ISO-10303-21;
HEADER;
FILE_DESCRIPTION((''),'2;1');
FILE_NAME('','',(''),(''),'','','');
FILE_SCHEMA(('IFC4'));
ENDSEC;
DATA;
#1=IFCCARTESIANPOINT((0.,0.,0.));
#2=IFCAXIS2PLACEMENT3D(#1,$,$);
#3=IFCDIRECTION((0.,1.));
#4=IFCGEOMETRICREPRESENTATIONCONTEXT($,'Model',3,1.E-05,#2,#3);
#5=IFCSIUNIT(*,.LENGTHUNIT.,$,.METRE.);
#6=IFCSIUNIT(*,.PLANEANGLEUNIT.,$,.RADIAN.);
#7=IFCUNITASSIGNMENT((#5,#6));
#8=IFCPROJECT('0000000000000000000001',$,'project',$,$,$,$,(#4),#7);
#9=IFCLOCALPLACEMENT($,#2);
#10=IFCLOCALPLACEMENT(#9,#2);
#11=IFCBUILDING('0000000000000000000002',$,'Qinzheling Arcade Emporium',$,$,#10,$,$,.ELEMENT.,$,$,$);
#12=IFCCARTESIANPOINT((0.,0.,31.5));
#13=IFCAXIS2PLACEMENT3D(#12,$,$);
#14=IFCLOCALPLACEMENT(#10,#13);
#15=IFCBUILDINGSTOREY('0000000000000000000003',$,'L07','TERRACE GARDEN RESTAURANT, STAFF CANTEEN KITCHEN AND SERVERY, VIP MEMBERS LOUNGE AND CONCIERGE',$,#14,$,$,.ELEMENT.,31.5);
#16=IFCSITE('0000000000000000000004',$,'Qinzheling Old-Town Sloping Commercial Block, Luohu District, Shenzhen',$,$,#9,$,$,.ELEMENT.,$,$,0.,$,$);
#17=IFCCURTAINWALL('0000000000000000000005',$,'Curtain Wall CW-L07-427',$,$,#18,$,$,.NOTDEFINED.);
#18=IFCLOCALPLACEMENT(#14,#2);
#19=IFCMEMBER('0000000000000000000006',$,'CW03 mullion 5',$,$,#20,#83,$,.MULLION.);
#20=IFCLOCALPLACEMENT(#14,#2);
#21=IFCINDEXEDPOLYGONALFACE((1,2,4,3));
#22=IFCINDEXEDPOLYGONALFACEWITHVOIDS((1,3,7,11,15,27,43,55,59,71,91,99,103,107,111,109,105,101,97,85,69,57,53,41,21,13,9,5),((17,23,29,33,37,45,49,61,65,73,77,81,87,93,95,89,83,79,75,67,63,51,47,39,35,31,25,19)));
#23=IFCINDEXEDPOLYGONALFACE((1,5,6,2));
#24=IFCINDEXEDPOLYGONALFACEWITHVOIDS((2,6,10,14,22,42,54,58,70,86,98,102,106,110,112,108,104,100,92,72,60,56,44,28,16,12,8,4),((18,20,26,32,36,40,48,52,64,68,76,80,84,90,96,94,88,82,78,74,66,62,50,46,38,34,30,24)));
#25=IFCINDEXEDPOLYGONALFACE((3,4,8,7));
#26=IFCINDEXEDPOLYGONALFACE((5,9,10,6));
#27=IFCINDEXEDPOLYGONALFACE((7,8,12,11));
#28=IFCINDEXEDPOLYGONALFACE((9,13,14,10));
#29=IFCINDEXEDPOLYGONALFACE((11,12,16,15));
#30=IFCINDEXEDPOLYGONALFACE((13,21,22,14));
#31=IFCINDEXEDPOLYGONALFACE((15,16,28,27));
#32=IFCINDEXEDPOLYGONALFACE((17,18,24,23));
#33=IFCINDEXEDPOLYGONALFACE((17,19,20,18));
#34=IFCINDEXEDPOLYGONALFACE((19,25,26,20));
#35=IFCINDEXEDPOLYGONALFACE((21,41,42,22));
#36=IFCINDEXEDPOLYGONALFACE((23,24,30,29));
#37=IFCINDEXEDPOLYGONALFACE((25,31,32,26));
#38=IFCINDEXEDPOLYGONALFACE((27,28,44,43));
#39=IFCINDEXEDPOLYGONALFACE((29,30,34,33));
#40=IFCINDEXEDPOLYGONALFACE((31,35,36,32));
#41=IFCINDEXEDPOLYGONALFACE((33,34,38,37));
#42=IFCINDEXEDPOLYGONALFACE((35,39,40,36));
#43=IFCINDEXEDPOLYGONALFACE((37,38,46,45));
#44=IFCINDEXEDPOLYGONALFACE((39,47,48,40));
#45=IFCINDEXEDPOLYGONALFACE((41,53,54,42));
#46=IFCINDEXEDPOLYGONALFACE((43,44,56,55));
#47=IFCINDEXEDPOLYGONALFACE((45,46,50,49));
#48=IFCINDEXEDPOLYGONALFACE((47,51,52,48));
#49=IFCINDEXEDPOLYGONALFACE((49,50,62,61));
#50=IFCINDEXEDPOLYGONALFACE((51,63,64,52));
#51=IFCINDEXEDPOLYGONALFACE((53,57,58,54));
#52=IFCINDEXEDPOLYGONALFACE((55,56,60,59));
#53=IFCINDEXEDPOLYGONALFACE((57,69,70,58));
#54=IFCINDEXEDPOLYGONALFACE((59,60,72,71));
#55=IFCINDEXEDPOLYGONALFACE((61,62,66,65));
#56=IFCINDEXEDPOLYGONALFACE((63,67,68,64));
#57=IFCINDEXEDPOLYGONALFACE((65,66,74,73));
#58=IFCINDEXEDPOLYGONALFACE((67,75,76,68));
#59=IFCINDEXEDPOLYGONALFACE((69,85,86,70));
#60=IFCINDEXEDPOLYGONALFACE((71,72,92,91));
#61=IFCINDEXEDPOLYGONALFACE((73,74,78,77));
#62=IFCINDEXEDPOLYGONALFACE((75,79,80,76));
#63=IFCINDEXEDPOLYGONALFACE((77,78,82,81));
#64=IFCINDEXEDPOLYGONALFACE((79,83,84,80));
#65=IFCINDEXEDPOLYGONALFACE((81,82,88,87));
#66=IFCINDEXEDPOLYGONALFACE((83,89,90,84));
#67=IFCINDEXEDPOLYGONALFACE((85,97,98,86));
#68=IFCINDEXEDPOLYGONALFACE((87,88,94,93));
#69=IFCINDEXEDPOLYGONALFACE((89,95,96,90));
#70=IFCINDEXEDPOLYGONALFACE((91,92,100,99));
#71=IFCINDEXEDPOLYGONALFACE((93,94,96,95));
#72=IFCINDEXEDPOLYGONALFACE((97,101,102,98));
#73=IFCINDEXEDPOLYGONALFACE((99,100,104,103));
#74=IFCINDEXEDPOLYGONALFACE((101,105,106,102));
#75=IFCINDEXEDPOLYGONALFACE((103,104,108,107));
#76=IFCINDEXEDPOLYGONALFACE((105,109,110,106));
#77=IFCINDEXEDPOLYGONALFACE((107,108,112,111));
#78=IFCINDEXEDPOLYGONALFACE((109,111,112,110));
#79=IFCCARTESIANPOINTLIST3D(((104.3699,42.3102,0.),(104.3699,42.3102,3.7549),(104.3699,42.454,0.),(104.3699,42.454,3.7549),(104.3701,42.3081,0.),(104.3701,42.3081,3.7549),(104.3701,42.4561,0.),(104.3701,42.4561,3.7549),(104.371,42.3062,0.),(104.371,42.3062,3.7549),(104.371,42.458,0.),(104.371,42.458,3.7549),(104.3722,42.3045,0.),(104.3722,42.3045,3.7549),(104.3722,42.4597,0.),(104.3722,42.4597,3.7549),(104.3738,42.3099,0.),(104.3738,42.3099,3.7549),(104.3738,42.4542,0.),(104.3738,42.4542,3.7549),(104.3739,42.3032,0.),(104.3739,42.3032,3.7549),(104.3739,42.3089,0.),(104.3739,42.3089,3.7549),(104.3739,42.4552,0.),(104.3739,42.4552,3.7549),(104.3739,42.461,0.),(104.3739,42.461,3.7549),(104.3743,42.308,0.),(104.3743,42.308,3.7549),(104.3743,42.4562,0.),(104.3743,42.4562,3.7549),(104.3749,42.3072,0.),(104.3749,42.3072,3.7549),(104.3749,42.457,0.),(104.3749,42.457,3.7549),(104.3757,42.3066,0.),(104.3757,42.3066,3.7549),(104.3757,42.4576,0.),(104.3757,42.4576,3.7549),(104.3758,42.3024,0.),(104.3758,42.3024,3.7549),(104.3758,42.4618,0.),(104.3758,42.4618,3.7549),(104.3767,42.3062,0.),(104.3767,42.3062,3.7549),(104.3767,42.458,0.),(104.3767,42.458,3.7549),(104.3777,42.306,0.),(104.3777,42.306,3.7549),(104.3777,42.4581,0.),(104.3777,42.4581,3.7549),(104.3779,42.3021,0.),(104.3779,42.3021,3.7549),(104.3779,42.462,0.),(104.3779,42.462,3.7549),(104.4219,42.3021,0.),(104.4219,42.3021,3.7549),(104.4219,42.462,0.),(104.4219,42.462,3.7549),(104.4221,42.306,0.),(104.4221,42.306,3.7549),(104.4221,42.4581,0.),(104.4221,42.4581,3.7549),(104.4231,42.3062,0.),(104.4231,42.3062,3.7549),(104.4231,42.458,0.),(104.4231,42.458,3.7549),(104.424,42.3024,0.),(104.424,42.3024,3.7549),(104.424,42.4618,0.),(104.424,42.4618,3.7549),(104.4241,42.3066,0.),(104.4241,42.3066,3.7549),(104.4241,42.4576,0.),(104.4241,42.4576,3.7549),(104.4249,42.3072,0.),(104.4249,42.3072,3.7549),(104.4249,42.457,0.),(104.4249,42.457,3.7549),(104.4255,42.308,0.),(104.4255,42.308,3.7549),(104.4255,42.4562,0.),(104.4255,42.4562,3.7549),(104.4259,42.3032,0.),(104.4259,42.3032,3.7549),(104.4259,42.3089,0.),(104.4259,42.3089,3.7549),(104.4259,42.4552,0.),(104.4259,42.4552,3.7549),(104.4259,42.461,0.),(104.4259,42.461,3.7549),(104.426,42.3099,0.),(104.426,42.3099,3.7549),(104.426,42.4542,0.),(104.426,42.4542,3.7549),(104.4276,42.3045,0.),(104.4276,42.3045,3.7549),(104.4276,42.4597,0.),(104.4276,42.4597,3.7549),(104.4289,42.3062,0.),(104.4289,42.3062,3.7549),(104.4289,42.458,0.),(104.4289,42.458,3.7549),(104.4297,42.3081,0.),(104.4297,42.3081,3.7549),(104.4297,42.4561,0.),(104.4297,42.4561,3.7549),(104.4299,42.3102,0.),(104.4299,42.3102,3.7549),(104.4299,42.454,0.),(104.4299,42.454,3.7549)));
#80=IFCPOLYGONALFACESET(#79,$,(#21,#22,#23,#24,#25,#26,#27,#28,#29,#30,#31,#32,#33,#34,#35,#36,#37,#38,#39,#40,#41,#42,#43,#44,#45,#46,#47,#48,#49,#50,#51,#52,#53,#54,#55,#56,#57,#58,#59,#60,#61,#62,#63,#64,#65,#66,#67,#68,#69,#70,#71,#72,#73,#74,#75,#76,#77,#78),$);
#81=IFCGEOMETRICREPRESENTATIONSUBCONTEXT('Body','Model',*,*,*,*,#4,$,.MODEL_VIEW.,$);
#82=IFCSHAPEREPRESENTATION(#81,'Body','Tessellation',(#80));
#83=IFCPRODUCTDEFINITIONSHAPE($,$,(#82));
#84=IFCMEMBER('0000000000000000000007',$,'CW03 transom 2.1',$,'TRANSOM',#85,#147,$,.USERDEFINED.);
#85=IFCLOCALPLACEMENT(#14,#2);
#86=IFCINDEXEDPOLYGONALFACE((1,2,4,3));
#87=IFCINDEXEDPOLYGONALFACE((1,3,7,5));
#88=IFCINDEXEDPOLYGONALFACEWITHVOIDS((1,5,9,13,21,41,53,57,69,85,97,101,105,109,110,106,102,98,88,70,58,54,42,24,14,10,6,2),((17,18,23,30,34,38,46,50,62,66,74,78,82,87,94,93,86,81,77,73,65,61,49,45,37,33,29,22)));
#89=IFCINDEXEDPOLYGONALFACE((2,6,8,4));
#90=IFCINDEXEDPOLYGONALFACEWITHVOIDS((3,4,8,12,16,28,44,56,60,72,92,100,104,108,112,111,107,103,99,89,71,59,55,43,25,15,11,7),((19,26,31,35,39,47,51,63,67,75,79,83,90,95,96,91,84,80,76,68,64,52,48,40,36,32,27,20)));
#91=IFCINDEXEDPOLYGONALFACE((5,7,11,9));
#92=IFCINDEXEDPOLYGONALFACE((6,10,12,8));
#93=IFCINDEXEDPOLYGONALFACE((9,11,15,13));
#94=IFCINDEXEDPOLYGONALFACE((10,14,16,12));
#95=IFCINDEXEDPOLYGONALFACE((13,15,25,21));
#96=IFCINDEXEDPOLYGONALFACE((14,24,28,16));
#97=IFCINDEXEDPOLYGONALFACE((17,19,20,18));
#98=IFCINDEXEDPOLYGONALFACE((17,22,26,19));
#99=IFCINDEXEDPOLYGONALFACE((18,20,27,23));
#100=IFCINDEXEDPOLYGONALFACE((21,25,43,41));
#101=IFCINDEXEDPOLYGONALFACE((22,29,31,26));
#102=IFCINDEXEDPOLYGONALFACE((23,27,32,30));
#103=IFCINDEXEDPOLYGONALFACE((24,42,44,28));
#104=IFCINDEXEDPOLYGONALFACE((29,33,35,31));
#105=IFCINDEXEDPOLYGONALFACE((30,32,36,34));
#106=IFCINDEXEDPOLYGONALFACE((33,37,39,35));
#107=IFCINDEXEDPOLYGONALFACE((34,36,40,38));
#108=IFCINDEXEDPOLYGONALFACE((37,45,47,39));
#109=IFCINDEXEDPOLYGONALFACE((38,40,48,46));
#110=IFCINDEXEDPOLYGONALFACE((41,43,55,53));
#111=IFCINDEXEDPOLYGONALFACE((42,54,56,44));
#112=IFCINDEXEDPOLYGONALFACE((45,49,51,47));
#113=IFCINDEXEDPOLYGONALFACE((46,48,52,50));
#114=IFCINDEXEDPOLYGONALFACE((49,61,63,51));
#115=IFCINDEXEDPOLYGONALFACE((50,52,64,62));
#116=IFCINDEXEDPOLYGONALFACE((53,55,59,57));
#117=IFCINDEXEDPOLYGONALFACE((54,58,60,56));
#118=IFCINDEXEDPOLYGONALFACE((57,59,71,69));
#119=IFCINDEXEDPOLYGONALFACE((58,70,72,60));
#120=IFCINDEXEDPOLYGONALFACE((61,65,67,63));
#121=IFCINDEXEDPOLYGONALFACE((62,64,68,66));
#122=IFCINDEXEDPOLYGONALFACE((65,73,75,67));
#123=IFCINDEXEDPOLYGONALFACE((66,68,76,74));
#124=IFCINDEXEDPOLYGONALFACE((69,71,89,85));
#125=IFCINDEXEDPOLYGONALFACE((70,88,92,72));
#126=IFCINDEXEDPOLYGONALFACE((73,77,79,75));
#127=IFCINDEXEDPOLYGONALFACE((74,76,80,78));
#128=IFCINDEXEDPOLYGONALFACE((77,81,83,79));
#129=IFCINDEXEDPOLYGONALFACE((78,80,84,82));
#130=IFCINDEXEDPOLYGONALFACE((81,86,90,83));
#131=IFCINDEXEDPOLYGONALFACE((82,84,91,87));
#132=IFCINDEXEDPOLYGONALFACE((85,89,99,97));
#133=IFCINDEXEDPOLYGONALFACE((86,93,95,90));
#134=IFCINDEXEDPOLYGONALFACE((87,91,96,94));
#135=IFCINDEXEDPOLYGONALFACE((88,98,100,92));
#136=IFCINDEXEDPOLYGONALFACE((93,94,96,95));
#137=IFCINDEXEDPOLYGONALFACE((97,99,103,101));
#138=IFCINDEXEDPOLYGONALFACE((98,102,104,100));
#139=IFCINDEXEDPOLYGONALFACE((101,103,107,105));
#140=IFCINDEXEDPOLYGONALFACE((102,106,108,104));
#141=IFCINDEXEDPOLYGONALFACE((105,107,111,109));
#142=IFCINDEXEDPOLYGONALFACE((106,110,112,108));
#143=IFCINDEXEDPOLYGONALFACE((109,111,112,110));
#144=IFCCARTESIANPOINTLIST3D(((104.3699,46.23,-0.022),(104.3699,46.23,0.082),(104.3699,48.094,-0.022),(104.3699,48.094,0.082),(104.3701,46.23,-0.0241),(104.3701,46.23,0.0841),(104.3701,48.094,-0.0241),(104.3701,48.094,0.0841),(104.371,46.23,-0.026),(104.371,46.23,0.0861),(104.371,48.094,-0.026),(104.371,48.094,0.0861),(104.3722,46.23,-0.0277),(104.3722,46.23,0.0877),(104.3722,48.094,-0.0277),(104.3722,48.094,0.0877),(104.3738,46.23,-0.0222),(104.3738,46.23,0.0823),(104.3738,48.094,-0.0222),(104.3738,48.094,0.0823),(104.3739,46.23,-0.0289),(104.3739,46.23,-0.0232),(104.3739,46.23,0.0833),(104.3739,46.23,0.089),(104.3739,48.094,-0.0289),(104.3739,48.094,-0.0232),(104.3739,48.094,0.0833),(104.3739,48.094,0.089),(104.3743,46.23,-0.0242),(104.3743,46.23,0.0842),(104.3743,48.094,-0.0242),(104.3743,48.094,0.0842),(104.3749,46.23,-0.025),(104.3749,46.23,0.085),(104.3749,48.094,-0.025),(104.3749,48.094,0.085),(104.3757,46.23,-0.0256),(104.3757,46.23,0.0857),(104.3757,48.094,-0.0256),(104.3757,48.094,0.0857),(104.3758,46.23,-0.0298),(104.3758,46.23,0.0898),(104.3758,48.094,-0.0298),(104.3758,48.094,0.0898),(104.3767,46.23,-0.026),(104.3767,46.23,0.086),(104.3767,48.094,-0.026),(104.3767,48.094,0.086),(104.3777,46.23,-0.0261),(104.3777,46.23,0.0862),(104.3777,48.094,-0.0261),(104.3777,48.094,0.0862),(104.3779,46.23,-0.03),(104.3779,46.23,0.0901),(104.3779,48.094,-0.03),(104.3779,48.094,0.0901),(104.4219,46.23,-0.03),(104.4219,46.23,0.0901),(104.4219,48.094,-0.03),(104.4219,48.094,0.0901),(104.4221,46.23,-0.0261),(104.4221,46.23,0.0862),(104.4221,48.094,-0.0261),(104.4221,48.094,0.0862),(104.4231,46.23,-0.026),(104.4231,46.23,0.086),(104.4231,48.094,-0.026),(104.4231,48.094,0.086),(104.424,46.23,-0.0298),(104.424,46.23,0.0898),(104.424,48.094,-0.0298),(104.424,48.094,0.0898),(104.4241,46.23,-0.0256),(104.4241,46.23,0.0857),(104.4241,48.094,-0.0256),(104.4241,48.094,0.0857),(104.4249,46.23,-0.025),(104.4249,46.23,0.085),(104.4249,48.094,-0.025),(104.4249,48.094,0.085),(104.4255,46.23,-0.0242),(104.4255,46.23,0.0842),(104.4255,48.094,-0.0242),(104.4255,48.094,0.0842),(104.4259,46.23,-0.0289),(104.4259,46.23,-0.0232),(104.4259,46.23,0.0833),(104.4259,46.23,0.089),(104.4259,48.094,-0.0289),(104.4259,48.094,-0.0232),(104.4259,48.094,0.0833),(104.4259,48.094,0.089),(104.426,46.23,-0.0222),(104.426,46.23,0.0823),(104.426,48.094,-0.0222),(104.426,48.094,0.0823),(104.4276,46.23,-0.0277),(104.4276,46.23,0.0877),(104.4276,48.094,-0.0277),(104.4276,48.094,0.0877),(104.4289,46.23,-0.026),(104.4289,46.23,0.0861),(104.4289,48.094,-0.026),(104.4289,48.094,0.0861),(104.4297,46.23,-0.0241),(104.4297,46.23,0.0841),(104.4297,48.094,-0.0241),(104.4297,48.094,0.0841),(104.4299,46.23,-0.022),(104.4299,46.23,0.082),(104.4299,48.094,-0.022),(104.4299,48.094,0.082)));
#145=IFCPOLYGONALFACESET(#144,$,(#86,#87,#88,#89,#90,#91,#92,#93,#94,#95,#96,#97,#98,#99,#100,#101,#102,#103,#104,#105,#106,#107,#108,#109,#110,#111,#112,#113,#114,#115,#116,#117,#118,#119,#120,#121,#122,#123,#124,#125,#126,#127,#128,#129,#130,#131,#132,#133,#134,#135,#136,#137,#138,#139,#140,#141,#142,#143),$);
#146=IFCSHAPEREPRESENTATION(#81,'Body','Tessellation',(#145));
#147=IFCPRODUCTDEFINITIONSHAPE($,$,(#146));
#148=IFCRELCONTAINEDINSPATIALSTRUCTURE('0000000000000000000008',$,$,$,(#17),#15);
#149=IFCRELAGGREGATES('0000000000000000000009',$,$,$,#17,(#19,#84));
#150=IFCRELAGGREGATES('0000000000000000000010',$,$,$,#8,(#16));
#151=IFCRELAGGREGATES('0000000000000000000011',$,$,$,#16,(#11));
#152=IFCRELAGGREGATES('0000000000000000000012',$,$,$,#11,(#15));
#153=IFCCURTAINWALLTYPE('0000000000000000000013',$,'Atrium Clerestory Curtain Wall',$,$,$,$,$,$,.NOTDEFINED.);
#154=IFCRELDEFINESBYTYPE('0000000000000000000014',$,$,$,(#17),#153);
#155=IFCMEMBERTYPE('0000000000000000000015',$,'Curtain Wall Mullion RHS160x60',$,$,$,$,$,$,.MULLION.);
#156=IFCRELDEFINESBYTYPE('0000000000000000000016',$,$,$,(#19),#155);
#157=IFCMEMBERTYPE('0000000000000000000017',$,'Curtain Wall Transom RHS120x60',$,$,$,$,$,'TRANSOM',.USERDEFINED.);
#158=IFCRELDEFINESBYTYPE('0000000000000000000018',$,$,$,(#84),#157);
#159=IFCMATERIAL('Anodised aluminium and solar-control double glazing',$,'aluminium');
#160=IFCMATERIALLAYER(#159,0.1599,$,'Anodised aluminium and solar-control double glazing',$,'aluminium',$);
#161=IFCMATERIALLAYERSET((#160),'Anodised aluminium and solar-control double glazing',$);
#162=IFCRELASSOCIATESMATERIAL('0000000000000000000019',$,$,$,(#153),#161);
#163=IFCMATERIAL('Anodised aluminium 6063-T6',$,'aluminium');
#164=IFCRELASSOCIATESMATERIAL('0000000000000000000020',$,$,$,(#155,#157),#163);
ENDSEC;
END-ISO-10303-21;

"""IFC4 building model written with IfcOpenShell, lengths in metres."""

from ifc_helpers import new_model, si_unit, direction, frame, origin, origin_2d, place, context, subcontext, project, spatial, hollow_rectangle, extrude, material, layer, layer_set, material_profile, profile_set, type_object, element, aggregate, save


model = new_model("IFC4")

# Units and contexts
model_context = context("Model", 3, precision=1e-05, world=origin(), true_north=direction((0.0, 1.0)))
body_context = subcontext(model_context, "Body", "Model", "MODEL_VIEW")
ifc_project = project(units=[si_unit("LENGTHUNIT", "METRE"), si_unit("PLANEANGLEUNIT", "RADIAN")], contexts=[model_context])

# Site, building, storey
site_placement = place(None, origin())
site = spatial("IfcSite", under=ifc_project, at=site_placement, Name="Qinzheling Old-Town Sloping Commercial Block, Luohu District, Shenzhen", CompositionType="ELEMENT", RefElevation=0.0)
building_placement = place(site_placement, origin())
building = spatial("IfcBuilding", under=site, at=building_placement, Name="Qinzheling Arcade Emporium", CompositionType="ELEMENT")
storey_placement = place(building_placement, frame((0.0, 0.0, 31.5)))
storey = spatial("IfcBuildingStorey", under=building, at=storey_placement, Name="L07", Description="TERRACE GARDEN RESTAURANT, STAFF CANTEEN KITCHEN AND SERVERY, VIP MEMBERS LOUNGE AND CONCIERGE", CompositionType="ELEMENT", Elevation=31.5)

# Curtain wall, members
ifc_material_1 = material(Name="Anodised aluminium and solar-control double glazing", Category="aluminium")
ifc_layer_1 = layer(ifc_material_1, 0.1599, Name="Anodised aluminium and solar-control double glazing", Category="aluminium")
ifc_layer_set_1 = layer_set([ifc_layer_1], Name="Anodised aluminium and solar-control double glazing")
curtain_wall_type = type_object("IfcCurtainWallType", Name="Atrium Clerestory Curtain Wall", PredefinedType="NOTDEFINED", material=ifc_layer_set_1)
curtain_wall_placement = place(storey_placement, origin())
curtain_wall = element("IfcCurtainWall", 1, at=curtain_wall_placement, inside=storey, type_object=curtain_wall_type, Name="Curtain Wall CW-L07-427", PredefinedType="NOTDEFINED")
ifc_material_2 = material(Name="Anodised aluminium 6063-T6", Category="aluminium")
ifc_material_profile_1 = material_profile(ifc_material_2, hollow_rectangle(XDim=0.0601, YDim=0.1599, WallThickness=0.0039, InnerFilletRadius=0.0039, OuterFilletRadius=0.0081, at=origin_2d()), Name="RHS 160x60x4", Category="aluminium")
ifc_profile_set_1 = profile_set([ifc_material_profile_1], Name="Anodised aluminium 6063-T6")
member_type_1 = type_object("IfcMemberType", Name="Curtain Wall Mullion RHS160x60", PredefinedType="MULLION", material=ifc_profile_set_1)
member_1_placement = place(storey_placement, frame((104.3999, 42.3821, 0.0), z_axis=(0.0, 0.0, 1.0), x_axis=(1.0, 0.0, 0.0)))
member_1 = element("IfcMember", 2, at=member_1_placement, type_object=member_type_1, Name="CW03 mullion 5", PredefinedType="MULLION", context=body_context, shape_type="SweptSolid", body=[
    extrude(hollow_rectangle(XDim=0.0601, YDim=0.1599, WallThickness=0.0039, InnerFilletRadius=0.0039, OuterFilletRadius=0.0081, at=origin_2d()), origin(), (0.0, 0.0, 1.0), 3.7549),
])
ifc_material_profile_2 = material_profile(ifc_material_2, hollow_rectangle(XDim=0.0601, YDim=0.1201, WallThickness=0.0039, InnerFilletRadius=0.0039, OuterFilletRadius=0.0081, at=origin_2d()), Name="RHS 120x60x4", Category="aluminium")
ifc_profile_set_2 = profile_set([ifc_material_profile_2], Name="Anodised aluminium 6063-T6")
member_type_2 = type_object("IfcMemberType", Name="Curtain Wall Transom RHS120x60", ElementType="TRANSOM", PredefinedType="USERDEFINED", material=ifc_profile_set_2)
member_2_placement = place(storey_placement, frame((104.3999, 48.094, 0.03), z_axis=(0.0, -1.0, 0.0), x_axis=(1.0, 0.0, 0.0)))
member_2 = element("IfcMember", 3, at=member_2_placement, type_object=member_type_2, Name="CW03 transom 2.1", ObjectType="TRANSOM", PredefinedType="USERDEFINED", context=body_context, shape_type="SweptSolid", body=[
    extrude(hollow_rectangle(XDim=0.0601, YDim=0.1201, WallThickness=0.0039, InnerFilletRadius=0.0039, OuterFilletRadius=0.0081, at=origin_2d()), origin(), (0.0, 0.0, 1.0), 1.864),
])

aggregate(curtain_wall, [member_1, member_2])

save(model, "model.ifc")
